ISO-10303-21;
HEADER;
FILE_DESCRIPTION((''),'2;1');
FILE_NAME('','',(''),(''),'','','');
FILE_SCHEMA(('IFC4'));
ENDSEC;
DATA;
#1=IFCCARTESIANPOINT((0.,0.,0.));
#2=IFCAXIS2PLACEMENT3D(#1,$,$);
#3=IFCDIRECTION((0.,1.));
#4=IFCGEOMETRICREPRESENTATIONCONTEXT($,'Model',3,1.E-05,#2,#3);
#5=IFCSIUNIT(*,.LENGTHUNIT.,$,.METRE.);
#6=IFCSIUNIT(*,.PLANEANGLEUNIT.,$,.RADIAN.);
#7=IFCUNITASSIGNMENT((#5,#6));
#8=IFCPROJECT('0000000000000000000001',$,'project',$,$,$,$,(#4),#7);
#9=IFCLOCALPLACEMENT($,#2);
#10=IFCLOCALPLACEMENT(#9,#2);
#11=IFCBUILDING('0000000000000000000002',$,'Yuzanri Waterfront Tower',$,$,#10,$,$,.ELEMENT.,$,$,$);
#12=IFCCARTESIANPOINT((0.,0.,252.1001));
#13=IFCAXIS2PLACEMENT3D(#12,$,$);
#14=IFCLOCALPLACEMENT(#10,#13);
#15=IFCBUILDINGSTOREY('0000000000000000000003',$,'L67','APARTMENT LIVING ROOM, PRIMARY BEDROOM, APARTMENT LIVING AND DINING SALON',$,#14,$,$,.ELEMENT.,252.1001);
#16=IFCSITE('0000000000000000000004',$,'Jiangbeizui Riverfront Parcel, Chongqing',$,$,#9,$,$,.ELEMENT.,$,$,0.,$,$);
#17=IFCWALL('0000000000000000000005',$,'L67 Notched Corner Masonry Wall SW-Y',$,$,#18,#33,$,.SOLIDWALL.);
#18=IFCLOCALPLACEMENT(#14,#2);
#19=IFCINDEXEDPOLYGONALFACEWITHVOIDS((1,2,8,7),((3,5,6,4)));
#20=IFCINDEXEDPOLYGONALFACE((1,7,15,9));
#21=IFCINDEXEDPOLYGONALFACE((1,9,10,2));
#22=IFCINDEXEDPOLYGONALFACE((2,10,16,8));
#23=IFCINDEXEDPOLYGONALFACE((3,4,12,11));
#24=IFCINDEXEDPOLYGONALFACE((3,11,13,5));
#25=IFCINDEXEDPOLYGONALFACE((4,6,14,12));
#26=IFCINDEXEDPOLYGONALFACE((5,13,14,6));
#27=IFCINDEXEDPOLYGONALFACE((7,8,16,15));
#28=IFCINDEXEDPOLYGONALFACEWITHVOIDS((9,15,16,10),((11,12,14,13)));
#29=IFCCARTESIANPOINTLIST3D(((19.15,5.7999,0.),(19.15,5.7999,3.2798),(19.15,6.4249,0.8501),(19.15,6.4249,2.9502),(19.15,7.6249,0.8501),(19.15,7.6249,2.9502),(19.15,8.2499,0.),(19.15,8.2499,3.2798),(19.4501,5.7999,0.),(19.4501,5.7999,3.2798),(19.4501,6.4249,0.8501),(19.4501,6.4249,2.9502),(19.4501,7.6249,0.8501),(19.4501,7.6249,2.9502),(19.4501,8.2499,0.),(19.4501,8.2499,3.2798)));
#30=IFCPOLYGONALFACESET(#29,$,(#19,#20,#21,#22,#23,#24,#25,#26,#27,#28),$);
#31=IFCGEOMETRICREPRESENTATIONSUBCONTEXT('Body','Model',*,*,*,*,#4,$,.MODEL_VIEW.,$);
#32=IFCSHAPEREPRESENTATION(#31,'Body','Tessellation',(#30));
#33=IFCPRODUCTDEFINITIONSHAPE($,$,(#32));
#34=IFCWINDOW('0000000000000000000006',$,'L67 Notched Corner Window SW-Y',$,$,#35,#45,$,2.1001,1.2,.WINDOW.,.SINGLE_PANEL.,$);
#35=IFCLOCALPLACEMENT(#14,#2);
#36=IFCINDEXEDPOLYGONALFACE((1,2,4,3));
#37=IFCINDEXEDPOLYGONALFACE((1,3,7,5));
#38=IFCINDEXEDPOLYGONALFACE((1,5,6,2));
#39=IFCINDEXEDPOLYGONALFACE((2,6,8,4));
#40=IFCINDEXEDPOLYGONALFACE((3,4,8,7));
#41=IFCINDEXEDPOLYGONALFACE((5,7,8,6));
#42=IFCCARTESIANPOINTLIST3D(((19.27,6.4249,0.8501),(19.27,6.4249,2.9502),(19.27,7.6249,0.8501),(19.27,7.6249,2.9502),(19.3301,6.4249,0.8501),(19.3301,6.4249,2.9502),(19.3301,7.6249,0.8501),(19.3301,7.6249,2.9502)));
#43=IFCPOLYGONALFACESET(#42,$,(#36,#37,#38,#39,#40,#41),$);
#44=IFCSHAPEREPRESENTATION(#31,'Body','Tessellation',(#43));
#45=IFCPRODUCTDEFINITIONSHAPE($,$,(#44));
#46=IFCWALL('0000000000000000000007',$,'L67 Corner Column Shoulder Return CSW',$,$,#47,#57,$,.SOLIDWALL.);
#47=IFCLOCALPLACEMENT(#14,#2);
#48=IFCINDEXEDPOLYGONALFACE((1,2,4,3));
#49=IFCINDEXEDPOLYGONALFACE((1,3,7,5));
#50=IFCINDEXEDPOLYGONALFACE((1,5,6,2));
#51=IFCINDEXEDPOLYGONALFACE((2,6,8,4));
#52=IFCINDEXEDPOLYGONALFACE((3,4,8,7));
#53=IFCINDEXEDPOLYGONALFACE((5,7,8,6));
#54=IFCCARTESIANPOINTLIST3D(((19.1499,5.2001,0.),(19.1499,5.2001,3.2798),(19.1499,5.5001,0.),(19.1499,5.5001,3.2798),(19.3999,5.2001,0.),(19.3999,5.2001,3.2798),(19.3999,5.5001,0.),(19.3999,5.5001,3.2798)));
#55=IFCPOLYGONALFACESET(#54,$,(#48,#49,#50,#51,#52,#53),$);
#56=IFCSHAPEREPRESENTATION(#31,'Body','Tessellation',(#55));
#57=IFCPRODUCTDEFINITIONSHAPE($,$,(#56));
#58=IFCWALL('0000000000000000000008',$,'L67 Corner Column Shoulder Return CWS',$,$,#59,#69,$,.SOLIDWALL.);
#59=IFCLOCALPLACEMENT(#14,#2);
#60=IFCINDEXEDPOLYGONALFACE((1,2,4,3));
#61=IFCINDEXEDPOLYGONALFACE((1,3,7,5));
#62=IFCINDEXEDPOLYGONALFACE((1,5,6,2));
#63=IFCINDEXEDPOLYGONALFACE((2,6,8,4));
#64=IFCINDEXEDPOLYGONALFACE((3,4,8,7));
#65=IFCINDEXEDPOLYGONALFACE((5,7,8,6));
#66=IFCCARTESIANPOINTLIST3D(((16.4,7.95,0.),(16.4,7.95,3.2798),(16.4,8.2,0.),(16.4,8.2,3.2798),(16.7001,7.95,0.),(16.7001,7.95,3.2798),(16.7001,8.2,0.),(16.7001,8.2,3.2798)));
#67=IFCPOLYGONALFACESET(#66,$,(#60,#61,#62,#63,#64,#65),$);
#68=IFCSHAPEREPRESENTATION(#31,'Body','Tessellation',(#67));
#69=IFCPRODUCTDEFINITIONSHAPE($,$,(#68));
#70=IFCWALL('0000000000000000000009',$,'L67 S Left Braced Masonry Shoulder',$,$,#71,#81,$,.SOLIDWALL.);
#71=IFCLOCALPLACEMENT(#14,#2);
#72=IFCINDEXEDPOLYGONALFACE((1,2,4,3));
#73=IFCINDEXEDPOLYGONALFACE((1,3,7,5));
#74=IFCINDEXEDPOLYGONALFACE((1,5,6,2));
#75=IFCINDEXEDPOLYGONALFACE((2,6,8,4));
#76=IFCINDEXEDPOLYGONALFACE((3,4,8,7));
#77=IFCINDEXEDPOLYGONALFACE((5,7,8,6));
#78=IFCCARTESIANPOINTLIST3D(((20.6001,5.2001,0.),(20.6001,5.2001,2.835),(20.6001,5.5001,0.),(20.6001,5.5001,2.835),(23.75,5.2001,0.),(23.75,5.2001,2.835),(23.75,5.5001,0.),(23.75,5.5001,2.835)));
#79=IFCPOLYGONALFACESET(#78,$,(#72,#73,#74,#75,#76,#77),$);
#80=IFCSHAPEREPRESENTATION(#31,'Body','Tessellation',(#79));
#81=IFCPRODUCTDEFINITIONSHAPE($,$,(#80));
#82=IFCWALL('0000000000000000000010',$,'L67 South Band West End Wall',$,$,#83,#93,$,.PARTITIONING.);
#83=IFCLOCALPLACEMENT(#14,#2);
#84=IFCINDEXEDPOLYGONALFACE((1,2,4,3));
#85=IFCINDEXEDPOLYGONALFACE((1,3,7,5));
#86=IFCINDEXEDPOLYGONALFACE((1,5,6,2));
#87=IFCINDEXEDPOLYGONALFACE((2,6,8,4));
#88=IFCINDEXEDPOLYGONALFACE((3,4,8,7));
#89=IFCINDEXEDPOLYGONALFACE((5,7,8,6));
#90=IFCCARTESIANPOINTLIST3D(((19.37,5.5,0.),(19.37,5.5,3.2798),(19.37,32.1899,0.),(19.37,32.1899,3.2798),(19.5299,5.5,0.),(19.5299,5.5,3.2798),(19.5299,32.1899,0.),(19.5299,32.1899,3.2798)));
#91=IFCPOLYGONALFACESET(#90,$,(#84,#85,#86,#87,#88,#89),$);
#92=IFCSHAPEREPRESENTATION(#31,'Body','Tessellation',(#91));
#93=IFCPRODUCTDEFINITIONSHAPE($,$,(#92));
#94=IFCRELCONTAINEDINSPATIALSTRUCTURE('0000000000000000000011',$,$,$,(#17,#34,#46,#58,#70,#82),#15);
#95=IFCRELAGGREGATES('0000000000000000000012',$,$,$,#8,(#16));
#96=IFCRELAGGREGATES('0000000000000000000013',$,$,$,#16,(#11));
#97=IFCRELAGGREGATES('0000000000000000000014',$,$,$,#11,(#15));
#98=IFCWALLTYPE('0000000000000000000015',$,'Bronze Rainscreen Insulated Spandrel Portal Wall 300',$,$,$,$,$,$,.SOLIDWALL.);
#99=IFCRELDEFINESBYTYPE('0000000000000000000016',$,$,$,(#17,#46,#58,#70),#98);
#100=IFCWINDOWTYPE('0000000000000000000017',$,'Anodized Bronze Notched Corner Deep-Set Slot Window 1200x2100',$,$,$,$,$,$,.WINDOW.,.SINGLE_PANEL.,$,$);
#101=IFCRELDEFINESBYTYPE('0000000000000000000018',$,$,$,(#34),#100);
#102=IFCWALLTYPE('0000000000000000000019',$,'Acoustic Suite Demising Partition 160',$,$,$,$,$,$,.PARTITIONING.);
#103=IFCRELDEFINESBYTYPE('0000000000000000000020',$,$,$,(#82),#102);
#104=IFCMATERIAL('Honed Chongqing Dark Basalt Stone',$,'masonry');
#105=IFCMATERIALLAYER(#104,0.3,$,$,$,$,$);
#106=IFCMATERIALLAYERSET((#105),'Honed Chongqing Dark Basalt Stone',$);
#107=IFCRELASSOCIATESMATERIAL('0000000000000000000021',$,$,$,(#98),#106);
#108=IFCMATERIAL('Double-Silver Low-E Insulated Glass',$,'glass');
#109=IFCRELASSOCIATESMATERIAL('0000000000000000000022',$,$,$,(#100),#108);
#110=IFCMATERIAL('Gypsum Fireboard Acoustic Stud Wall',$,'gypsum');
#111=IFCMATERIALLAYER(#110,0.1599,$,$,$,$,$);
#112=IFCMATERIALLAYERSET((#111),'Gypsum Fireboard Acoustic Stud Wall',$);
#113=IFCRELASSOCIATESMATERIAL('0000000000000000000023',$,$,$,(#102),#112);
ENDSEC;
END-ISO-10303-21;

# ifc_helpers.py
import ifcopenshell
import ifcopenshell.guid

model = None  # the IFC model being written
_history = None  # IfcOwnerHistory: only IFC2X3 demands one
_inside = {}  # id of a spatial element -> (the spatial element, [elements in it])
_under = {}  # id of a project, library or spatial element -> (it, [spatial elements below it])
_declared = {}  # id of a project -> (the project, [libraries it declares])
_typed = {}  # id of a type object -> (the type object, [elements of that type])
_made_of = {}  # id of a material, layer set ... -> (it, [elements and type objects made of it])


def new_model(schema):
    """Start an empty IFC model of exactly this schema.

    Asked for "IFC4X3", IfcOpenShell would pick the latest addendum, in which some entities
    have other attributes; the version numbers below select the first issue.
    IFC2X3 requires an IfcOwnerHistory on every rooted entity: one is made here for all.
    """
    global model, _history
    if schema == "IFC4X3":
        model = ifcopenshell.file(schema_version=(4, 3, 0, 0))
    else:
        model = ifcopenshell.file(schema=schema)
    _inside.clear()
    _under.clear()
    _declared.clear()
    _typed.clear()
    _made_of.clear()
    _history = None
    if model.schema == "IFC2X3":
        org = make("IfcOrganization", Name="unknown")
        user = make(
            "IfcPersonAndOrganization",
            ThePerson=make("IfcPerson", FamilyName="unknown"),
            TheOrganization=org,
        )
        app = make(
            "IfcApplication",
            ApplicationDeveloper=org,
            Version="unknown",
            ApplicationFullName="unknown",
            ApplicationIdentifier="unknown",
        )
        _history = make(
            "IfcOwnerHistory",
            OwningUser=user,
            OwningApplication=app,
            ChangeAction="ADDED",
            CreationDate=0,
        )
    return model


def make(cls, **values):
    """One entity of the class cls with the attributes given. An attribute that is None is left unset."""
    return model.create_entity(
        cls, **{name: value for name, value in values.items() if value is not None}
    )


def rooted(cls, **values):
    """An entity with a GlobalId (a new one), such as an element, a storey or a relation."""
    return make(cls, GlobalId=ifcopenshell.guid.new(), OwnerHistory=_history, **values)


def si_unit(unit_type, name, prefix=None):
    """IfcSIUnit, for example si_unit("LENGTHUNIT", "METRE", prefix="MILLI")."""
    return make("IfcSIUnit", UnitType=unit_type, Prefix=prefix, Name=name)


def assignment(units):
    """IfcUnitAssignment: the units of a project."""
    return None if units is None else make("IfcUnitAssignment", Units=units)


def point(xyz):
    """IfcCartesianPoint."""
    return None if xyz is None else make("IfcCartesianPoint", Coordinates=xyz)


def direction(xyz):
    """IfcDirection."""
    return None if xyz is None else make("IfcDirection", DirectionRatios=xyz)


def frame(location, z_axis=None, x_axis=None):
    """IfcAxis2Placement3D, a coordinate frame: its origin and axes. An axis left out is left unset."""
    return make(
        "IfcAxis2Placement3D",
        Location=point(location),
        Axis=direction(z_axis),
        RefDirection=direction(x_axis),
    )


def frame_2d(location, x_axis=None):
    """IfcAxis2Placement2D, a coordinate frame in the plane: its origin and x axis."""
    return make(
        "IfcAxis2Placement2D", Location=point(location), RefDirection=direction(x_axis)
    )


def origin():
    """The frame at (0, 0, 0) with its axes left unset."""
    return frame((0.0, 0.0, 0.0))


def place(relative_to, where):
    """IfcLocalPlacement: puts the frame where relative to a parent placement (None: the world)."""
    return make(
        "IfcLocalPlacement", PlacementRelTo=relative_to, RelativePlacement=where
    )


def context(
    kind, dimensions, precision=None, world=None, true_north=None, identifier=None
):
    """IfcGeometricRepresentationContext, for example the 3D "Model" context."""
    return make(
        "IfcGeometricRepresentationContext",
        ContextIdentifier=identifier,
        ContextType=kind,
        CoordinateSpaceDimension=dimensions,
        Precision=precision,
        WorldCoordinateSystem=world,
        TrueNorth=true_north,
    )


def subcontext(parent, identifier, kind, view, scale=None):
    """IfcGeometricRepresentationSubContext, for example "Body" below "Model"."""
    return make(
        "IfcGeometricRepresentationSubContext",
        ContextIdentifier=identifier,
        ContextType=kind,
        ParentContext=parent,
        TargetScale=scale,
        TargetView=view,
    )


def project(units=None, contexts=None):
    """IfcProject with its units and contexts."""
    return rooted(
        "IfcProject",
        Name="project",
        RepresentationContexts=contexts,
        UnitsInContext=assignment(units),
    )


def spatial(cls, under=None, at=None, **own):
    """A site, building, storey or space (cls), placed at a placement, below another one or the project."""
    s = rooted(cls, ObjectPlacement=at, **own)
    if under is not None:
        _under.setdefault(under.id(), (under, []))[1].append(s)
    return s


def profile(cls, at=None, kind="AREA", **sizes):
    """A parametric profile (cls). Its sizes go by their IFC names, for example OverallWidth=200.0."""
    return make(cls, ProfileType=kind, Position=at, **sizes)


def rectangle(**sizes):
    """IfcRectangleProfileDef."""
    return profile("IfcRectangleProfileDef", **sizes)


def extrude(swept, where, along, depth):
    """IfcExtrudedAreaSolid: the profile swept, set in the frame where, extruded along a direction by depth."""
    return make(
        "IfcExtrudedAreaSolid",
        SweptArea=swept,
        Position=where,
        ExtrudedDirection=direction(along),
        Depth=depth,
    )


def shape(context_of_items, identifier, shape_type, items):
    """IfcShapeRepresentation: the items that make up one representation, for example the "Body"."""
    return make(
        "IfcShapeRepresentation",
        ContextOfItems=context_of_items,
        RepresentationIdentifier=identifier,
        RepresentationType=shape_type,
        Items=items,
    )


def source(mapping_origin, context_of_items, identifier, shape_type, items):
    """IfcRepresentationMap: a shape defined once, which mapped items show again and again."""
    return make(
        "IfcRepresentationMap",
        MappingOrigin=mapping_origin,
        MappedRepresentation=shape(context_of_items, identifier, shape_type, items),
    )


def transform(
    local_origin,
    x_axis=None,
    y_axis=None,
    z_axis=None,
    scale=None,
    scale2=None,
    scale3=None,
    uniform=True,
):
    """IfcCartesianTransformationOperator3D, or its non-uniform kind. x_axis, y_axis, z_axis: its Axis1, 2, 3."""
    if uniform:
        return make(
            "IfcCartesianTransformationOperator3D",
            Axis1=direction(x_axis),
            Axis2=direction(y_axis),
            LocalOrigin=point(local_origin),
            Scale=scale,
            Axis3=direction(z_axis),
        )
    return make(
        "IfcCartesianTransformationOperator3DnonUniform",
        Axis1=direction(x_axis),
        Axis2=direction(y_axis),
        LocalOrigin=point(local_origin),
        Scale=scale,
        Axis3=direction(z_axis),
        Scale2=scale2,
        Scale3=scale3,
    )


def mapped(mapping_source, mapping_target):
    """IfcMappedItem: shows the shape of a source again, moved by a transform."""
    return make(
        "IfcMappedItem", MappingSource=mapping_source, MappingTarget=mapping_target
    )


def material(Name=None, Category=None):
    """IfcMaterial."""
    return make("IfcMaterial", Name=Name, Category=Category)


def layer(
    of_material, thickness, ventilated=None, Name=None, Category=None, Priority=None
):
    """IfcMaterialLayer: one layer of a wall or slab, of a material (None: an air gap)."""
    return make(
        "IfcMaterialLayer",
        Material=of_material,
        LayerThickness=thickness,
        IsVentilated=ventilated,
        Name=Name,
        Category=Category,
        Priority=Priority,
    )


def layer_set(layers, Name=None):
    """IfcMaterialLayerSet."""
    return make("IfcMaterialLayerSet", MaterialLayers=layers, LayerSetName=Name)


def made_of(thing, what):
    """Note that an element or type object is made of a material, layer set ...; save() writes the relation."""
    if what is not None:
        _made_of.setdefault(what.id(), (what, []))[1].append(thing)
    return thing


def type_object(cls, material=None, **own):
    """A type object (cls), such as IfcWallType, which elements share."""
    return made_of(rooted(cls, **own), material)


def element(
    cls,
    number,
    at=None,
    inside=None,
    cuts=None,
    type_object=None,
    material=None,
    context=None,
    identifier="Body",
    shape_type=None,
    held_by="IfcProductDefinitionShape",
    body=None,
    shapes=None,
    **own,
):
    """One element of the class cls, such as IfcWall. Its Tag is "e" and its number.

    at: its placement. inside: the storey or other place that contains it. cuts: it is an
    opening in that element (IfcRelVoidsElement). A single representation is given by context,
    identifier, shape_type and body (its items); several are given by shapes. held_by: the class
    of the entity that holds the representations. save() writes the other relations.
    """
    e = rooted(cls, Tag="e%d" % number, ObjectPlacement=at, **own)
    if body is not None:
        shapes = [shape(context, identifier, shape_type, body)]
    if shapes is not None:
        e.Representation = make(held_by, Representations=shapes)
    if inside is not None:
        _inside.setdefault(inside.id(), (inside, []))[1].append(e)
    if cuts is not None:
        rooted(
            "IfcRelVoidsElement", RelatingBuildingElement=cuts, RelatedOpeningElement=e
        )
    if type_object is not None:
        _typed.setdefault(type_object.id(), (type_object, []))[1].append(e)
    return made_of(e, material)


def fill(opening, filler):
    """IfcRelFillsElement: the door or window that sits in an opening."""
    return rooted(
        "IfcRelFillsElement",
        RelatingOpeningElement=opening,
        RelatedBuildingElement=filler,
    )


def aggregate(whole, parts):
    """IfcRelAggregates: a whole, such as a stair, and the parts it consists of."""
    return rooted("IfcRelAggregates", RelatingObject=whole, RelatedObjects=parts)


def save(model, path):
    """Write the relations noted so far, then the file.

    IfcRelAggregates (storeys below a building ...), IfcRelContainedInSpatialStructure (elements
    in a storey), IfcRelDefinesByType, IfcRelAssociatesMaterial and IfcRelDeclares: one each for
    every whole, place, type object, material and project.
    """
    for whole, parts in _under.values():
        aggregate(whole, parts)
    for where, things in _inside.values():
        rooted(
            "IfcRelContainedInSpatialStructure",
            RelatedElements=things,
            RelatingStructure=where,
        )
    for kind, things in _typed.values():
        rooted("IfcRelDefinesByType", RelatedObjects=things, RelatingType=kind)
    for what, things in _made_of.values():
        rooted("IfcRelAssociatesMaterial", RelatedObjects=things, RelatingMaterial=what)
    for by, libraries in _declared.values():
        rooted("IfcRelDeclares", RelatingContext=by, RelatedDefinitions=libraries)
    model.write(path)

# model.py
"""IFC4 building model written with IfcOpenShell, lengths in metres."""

from ifc_helpers import new_model, si_unit, direction, frame, frame_2d, origin, place, context, subcontext, project, spatial, rectangle, extrude, source, transform, mapped, material, layer, layer_set, type_object, element, fill, save


model = new_model("IFC4")

# Units and contexts
model_context = context("Model", 3, precision=1e-05, world=origin(), true_north=direction((0.0, 1.0)))
body_context = subcontext(model_context, "Body", "Model", "MODEL_VIEW")
ifc_project = project(units=[si_unit("LENGTHUNIT", "METRE"), si_unit("PLANEANGLEUNIT", "RADIAN")], contexts=[model_context])

# Site, building, storey
site_placement = place(None, origin())
site = spatial("IfcSite", under=ifc_project, at=site_placement, Name="Jiangbeizui Riverfront Parcel, Chongqing", CompositionType="ELEMENT", RefElevation=0.0)
building_placement = place(site_placement, origin())
building = spatial("IfcBuilding", under=site, at=building_placement, Name="Yuzanri Waterfront Tower", CompositionType="ELEMENT")
storey_placement = place(building_placement, frame((0.0, 0.0, 252.1001)))
storey = spatial("IfcBuildingStorey", under=building, at=storey_placement, Name="L67", Description="APARTMENT LIVING ROOM, PRIMARY BEDROOM, APARTMENT LIVING AND DINING SALON", CompositionType="ELEMENT", Elevation=252.1001)

# Wall, opening, window
ifc_material_1 = material(Name="Honed Chongqing Dark Basalt Stone", Category="masonry")
ifc_layer_1 = layer(ifc_material_1, 0.3)
ifc_layer_set_1 = layer_set([ifc_layer_1], Name="Honed Chongqing Dark Basalt Stone")
wall_type_1 = type_object("IfcWallType", Name="Bronze Rainscreen Insulated Spandrel Portal Wall 300", PredefinedType="SOLIDWALL", material=ifc_layer_set_1)
wall_1_placement = place(storey_placement, frame((19.3, 8.25, 0.0), z_axis=(0.0, 0.0, 1.0), x_axis=(0.0, -1.0, 0.0)))
wall_1 = element("IfcWall", 1, at=wall_1_placement, inside=storey, type_object=wall_type_1, Name="L67 Notched Corner Masonry Wall SW-Y", PredefinedType="SOLIDWALL", context=body_context, shape_type="SweptSolid", body=[
    extrude(rectangle(XDim=2.45, YDim=0.3, at=frame_2d((1.2251, 0.0))), origin(), (0.0, 0.0, 1.0), 3.2798),
])
opening_1_placement = place(wall_1_placement, frame((0.625, 0.0, 0.8501)))
opening_1 = element("IfcOpeningElement", 2, at=opening_1_placement, cuts=wall_1, PredefinedType="OPENING", context=body_context, shape_type="SweptSolid", body=[
    extrude(rectangle(XDim=1.2, YDim=2.1001, at=frame_2d((0.6001, 1.05))), frame((0.0, 0.165, 0.0), z_axis=(0.0, -1.0, 0.0), x_axis=(1.0, 0.0, 0.0)), (0.0, 0.0, 1.0), 0.3298),
])
ifc_material_2 = material(Name="Double-Silver Low-E Insulated Glass", Category="glass")
window_type_1 = type_object("IfcWindowType", Name="Anodized Bronze Notched Corner Deep-Set Slot Window 1200x2100", PartitioningType="SINGLE_PANEL", PredefinedType="WINDOW", material=ifc_material_2)
shared_shape_1 = source(origin(), body_context, "Body", "SweptSolid", [
    extrude(rectangle(XDim=1.2, YDim=2.1001, at=frame_2d((0.6001, 1.05))), frame((0.0, 0.03, 0.0), z_axis=(0.0, -1.0, 0.0), x_axis=(1.0, 0.0, 0.0)), (0.0, 0.0, 1.0), 0.0601),
])
window_1_placement = place(opening_1_placement, origin())
window_1 = element("IfcWindow", 3, at=window_1_placement, inside=storey, type_object=window_type_1, Name="L67 Notched Corner Window SW-Y", OverallHeight=2.1001, OverallWidth=1.2, PartitioningType="SINGLE_PANEL", PredefinedType="WINDOW", context=body_context, shape_type="MappedRepresentation", body=[
    mapped(shared_shape_1, transform((0.0, 0.0, 0.0), scale=1.0)),
])
fill(opening_1, window_1)

# Walls
shared_shape_2 = source(origin(), body_context, "Body", "SweptSolid", [
    extrude(rectangle(XDim=0.25, YDim=0.3, at=frame_2d((0.125, 0.0))), origin(), (0.0, 0.0, 1.0), 3.2798),
])
for number, where, z_axis, x_axis, name in (
    (4, (19.1499, 5.3501, 0.0), (0.0, 0.0, 1.0), (1.0, 0.0, 0.0), "L67 Corner Column Shoulder Return CSW"),
    (5, (16.55, 7.95, 0.0), (0.0, 0.0, 1.0), (0.0, 1.0, 0.0), "L67 Corner Column Shoulder Return CWS"),
):
    element("IfcWall", number, at=place(storey_placement, frame(where, z_axis=z_axis, x_axis=x_axis)), inside=storey, type_object=wall_type_1, Name=name, PredefinedType="SOLIDWALL", context=body_context, shape_type="MappedRepresentation", body=[
        mapped(shared_shape_2, transform((0.0, 0.0, 0.0), scale=1.0)),
    ])
shared_shape_3 = source(origin(), body_context, "Body", "SweptSolid", [
    extrude(rectangle(XDim=3.1499, YDim=0.3, at=frame_2d((1.575, 0.0))), origin(), (0.0, 0.0, 1.0), 2.835),
])
wall_2_placement = place(storey_placement, frame((20.6001, 5.3501, 0.0), z_axis=(0.0, 0.0, 1.0), x_axis=(1.0, 0.0, 0.0)))
element("IfcWall", 6, at=wall_2_placement, inside=storey, type_object=wall_type_1, Name="L67 S Left Braced Masonry Shoulder", PredefinedType="SOLIDWALL", context=body_context, shape_type="MappedRepresentation", body=[
    mapped(shared_shape_3, transform((0.0, 0.0, 0.0), scale=1.0)),
])
ifc_material_3 = material(Name="Gypsum Fireboard Acoustic Stud Wall", Category="gypsum")
ifc_layer_2 = layer(ifc_material_3, 0.1599)
ifc_layer_set_2 = layer_set([ifc_layer_2], Name="Gypsum Fireboard Acoustic Stud Wall")
wall_type_2 = type_object("IfcWallType", Name="Acoustic Suite Demising Partition 160", PredefinedType="PARTITIONING", material=ifc_layer_set_2)
shared_shape_4 = source(origin(), body_context, "Body", "SweptSolid", [
    extrude(rectangle(XDim=26.6899, YDim=0.1599, at=frame_2d((13.345, 0.0))), origin(), (0.0, 0.0, 1.0), 3.2798),
])
wall_3_placement = place(storey_placement, frame((19.45, 5.5, 0.0), z_axis=(0.0, 0.0, 1.0), x_axis=(0.0, 1.0, 0.0)))
element("IfcWall", 7, at=wall_3_placement, inside=storey, type_object=wall_type_2, Name="L67 South Band West End Wall", PredefinedType="PARTITIONING", context=body_context, shape_type="MappedRepresentation", body=[
    mapped(shared_shape_4, transform((0.0, 0.0, 0.0), scale=1.0)),
])

save(model, "model.ifc")
